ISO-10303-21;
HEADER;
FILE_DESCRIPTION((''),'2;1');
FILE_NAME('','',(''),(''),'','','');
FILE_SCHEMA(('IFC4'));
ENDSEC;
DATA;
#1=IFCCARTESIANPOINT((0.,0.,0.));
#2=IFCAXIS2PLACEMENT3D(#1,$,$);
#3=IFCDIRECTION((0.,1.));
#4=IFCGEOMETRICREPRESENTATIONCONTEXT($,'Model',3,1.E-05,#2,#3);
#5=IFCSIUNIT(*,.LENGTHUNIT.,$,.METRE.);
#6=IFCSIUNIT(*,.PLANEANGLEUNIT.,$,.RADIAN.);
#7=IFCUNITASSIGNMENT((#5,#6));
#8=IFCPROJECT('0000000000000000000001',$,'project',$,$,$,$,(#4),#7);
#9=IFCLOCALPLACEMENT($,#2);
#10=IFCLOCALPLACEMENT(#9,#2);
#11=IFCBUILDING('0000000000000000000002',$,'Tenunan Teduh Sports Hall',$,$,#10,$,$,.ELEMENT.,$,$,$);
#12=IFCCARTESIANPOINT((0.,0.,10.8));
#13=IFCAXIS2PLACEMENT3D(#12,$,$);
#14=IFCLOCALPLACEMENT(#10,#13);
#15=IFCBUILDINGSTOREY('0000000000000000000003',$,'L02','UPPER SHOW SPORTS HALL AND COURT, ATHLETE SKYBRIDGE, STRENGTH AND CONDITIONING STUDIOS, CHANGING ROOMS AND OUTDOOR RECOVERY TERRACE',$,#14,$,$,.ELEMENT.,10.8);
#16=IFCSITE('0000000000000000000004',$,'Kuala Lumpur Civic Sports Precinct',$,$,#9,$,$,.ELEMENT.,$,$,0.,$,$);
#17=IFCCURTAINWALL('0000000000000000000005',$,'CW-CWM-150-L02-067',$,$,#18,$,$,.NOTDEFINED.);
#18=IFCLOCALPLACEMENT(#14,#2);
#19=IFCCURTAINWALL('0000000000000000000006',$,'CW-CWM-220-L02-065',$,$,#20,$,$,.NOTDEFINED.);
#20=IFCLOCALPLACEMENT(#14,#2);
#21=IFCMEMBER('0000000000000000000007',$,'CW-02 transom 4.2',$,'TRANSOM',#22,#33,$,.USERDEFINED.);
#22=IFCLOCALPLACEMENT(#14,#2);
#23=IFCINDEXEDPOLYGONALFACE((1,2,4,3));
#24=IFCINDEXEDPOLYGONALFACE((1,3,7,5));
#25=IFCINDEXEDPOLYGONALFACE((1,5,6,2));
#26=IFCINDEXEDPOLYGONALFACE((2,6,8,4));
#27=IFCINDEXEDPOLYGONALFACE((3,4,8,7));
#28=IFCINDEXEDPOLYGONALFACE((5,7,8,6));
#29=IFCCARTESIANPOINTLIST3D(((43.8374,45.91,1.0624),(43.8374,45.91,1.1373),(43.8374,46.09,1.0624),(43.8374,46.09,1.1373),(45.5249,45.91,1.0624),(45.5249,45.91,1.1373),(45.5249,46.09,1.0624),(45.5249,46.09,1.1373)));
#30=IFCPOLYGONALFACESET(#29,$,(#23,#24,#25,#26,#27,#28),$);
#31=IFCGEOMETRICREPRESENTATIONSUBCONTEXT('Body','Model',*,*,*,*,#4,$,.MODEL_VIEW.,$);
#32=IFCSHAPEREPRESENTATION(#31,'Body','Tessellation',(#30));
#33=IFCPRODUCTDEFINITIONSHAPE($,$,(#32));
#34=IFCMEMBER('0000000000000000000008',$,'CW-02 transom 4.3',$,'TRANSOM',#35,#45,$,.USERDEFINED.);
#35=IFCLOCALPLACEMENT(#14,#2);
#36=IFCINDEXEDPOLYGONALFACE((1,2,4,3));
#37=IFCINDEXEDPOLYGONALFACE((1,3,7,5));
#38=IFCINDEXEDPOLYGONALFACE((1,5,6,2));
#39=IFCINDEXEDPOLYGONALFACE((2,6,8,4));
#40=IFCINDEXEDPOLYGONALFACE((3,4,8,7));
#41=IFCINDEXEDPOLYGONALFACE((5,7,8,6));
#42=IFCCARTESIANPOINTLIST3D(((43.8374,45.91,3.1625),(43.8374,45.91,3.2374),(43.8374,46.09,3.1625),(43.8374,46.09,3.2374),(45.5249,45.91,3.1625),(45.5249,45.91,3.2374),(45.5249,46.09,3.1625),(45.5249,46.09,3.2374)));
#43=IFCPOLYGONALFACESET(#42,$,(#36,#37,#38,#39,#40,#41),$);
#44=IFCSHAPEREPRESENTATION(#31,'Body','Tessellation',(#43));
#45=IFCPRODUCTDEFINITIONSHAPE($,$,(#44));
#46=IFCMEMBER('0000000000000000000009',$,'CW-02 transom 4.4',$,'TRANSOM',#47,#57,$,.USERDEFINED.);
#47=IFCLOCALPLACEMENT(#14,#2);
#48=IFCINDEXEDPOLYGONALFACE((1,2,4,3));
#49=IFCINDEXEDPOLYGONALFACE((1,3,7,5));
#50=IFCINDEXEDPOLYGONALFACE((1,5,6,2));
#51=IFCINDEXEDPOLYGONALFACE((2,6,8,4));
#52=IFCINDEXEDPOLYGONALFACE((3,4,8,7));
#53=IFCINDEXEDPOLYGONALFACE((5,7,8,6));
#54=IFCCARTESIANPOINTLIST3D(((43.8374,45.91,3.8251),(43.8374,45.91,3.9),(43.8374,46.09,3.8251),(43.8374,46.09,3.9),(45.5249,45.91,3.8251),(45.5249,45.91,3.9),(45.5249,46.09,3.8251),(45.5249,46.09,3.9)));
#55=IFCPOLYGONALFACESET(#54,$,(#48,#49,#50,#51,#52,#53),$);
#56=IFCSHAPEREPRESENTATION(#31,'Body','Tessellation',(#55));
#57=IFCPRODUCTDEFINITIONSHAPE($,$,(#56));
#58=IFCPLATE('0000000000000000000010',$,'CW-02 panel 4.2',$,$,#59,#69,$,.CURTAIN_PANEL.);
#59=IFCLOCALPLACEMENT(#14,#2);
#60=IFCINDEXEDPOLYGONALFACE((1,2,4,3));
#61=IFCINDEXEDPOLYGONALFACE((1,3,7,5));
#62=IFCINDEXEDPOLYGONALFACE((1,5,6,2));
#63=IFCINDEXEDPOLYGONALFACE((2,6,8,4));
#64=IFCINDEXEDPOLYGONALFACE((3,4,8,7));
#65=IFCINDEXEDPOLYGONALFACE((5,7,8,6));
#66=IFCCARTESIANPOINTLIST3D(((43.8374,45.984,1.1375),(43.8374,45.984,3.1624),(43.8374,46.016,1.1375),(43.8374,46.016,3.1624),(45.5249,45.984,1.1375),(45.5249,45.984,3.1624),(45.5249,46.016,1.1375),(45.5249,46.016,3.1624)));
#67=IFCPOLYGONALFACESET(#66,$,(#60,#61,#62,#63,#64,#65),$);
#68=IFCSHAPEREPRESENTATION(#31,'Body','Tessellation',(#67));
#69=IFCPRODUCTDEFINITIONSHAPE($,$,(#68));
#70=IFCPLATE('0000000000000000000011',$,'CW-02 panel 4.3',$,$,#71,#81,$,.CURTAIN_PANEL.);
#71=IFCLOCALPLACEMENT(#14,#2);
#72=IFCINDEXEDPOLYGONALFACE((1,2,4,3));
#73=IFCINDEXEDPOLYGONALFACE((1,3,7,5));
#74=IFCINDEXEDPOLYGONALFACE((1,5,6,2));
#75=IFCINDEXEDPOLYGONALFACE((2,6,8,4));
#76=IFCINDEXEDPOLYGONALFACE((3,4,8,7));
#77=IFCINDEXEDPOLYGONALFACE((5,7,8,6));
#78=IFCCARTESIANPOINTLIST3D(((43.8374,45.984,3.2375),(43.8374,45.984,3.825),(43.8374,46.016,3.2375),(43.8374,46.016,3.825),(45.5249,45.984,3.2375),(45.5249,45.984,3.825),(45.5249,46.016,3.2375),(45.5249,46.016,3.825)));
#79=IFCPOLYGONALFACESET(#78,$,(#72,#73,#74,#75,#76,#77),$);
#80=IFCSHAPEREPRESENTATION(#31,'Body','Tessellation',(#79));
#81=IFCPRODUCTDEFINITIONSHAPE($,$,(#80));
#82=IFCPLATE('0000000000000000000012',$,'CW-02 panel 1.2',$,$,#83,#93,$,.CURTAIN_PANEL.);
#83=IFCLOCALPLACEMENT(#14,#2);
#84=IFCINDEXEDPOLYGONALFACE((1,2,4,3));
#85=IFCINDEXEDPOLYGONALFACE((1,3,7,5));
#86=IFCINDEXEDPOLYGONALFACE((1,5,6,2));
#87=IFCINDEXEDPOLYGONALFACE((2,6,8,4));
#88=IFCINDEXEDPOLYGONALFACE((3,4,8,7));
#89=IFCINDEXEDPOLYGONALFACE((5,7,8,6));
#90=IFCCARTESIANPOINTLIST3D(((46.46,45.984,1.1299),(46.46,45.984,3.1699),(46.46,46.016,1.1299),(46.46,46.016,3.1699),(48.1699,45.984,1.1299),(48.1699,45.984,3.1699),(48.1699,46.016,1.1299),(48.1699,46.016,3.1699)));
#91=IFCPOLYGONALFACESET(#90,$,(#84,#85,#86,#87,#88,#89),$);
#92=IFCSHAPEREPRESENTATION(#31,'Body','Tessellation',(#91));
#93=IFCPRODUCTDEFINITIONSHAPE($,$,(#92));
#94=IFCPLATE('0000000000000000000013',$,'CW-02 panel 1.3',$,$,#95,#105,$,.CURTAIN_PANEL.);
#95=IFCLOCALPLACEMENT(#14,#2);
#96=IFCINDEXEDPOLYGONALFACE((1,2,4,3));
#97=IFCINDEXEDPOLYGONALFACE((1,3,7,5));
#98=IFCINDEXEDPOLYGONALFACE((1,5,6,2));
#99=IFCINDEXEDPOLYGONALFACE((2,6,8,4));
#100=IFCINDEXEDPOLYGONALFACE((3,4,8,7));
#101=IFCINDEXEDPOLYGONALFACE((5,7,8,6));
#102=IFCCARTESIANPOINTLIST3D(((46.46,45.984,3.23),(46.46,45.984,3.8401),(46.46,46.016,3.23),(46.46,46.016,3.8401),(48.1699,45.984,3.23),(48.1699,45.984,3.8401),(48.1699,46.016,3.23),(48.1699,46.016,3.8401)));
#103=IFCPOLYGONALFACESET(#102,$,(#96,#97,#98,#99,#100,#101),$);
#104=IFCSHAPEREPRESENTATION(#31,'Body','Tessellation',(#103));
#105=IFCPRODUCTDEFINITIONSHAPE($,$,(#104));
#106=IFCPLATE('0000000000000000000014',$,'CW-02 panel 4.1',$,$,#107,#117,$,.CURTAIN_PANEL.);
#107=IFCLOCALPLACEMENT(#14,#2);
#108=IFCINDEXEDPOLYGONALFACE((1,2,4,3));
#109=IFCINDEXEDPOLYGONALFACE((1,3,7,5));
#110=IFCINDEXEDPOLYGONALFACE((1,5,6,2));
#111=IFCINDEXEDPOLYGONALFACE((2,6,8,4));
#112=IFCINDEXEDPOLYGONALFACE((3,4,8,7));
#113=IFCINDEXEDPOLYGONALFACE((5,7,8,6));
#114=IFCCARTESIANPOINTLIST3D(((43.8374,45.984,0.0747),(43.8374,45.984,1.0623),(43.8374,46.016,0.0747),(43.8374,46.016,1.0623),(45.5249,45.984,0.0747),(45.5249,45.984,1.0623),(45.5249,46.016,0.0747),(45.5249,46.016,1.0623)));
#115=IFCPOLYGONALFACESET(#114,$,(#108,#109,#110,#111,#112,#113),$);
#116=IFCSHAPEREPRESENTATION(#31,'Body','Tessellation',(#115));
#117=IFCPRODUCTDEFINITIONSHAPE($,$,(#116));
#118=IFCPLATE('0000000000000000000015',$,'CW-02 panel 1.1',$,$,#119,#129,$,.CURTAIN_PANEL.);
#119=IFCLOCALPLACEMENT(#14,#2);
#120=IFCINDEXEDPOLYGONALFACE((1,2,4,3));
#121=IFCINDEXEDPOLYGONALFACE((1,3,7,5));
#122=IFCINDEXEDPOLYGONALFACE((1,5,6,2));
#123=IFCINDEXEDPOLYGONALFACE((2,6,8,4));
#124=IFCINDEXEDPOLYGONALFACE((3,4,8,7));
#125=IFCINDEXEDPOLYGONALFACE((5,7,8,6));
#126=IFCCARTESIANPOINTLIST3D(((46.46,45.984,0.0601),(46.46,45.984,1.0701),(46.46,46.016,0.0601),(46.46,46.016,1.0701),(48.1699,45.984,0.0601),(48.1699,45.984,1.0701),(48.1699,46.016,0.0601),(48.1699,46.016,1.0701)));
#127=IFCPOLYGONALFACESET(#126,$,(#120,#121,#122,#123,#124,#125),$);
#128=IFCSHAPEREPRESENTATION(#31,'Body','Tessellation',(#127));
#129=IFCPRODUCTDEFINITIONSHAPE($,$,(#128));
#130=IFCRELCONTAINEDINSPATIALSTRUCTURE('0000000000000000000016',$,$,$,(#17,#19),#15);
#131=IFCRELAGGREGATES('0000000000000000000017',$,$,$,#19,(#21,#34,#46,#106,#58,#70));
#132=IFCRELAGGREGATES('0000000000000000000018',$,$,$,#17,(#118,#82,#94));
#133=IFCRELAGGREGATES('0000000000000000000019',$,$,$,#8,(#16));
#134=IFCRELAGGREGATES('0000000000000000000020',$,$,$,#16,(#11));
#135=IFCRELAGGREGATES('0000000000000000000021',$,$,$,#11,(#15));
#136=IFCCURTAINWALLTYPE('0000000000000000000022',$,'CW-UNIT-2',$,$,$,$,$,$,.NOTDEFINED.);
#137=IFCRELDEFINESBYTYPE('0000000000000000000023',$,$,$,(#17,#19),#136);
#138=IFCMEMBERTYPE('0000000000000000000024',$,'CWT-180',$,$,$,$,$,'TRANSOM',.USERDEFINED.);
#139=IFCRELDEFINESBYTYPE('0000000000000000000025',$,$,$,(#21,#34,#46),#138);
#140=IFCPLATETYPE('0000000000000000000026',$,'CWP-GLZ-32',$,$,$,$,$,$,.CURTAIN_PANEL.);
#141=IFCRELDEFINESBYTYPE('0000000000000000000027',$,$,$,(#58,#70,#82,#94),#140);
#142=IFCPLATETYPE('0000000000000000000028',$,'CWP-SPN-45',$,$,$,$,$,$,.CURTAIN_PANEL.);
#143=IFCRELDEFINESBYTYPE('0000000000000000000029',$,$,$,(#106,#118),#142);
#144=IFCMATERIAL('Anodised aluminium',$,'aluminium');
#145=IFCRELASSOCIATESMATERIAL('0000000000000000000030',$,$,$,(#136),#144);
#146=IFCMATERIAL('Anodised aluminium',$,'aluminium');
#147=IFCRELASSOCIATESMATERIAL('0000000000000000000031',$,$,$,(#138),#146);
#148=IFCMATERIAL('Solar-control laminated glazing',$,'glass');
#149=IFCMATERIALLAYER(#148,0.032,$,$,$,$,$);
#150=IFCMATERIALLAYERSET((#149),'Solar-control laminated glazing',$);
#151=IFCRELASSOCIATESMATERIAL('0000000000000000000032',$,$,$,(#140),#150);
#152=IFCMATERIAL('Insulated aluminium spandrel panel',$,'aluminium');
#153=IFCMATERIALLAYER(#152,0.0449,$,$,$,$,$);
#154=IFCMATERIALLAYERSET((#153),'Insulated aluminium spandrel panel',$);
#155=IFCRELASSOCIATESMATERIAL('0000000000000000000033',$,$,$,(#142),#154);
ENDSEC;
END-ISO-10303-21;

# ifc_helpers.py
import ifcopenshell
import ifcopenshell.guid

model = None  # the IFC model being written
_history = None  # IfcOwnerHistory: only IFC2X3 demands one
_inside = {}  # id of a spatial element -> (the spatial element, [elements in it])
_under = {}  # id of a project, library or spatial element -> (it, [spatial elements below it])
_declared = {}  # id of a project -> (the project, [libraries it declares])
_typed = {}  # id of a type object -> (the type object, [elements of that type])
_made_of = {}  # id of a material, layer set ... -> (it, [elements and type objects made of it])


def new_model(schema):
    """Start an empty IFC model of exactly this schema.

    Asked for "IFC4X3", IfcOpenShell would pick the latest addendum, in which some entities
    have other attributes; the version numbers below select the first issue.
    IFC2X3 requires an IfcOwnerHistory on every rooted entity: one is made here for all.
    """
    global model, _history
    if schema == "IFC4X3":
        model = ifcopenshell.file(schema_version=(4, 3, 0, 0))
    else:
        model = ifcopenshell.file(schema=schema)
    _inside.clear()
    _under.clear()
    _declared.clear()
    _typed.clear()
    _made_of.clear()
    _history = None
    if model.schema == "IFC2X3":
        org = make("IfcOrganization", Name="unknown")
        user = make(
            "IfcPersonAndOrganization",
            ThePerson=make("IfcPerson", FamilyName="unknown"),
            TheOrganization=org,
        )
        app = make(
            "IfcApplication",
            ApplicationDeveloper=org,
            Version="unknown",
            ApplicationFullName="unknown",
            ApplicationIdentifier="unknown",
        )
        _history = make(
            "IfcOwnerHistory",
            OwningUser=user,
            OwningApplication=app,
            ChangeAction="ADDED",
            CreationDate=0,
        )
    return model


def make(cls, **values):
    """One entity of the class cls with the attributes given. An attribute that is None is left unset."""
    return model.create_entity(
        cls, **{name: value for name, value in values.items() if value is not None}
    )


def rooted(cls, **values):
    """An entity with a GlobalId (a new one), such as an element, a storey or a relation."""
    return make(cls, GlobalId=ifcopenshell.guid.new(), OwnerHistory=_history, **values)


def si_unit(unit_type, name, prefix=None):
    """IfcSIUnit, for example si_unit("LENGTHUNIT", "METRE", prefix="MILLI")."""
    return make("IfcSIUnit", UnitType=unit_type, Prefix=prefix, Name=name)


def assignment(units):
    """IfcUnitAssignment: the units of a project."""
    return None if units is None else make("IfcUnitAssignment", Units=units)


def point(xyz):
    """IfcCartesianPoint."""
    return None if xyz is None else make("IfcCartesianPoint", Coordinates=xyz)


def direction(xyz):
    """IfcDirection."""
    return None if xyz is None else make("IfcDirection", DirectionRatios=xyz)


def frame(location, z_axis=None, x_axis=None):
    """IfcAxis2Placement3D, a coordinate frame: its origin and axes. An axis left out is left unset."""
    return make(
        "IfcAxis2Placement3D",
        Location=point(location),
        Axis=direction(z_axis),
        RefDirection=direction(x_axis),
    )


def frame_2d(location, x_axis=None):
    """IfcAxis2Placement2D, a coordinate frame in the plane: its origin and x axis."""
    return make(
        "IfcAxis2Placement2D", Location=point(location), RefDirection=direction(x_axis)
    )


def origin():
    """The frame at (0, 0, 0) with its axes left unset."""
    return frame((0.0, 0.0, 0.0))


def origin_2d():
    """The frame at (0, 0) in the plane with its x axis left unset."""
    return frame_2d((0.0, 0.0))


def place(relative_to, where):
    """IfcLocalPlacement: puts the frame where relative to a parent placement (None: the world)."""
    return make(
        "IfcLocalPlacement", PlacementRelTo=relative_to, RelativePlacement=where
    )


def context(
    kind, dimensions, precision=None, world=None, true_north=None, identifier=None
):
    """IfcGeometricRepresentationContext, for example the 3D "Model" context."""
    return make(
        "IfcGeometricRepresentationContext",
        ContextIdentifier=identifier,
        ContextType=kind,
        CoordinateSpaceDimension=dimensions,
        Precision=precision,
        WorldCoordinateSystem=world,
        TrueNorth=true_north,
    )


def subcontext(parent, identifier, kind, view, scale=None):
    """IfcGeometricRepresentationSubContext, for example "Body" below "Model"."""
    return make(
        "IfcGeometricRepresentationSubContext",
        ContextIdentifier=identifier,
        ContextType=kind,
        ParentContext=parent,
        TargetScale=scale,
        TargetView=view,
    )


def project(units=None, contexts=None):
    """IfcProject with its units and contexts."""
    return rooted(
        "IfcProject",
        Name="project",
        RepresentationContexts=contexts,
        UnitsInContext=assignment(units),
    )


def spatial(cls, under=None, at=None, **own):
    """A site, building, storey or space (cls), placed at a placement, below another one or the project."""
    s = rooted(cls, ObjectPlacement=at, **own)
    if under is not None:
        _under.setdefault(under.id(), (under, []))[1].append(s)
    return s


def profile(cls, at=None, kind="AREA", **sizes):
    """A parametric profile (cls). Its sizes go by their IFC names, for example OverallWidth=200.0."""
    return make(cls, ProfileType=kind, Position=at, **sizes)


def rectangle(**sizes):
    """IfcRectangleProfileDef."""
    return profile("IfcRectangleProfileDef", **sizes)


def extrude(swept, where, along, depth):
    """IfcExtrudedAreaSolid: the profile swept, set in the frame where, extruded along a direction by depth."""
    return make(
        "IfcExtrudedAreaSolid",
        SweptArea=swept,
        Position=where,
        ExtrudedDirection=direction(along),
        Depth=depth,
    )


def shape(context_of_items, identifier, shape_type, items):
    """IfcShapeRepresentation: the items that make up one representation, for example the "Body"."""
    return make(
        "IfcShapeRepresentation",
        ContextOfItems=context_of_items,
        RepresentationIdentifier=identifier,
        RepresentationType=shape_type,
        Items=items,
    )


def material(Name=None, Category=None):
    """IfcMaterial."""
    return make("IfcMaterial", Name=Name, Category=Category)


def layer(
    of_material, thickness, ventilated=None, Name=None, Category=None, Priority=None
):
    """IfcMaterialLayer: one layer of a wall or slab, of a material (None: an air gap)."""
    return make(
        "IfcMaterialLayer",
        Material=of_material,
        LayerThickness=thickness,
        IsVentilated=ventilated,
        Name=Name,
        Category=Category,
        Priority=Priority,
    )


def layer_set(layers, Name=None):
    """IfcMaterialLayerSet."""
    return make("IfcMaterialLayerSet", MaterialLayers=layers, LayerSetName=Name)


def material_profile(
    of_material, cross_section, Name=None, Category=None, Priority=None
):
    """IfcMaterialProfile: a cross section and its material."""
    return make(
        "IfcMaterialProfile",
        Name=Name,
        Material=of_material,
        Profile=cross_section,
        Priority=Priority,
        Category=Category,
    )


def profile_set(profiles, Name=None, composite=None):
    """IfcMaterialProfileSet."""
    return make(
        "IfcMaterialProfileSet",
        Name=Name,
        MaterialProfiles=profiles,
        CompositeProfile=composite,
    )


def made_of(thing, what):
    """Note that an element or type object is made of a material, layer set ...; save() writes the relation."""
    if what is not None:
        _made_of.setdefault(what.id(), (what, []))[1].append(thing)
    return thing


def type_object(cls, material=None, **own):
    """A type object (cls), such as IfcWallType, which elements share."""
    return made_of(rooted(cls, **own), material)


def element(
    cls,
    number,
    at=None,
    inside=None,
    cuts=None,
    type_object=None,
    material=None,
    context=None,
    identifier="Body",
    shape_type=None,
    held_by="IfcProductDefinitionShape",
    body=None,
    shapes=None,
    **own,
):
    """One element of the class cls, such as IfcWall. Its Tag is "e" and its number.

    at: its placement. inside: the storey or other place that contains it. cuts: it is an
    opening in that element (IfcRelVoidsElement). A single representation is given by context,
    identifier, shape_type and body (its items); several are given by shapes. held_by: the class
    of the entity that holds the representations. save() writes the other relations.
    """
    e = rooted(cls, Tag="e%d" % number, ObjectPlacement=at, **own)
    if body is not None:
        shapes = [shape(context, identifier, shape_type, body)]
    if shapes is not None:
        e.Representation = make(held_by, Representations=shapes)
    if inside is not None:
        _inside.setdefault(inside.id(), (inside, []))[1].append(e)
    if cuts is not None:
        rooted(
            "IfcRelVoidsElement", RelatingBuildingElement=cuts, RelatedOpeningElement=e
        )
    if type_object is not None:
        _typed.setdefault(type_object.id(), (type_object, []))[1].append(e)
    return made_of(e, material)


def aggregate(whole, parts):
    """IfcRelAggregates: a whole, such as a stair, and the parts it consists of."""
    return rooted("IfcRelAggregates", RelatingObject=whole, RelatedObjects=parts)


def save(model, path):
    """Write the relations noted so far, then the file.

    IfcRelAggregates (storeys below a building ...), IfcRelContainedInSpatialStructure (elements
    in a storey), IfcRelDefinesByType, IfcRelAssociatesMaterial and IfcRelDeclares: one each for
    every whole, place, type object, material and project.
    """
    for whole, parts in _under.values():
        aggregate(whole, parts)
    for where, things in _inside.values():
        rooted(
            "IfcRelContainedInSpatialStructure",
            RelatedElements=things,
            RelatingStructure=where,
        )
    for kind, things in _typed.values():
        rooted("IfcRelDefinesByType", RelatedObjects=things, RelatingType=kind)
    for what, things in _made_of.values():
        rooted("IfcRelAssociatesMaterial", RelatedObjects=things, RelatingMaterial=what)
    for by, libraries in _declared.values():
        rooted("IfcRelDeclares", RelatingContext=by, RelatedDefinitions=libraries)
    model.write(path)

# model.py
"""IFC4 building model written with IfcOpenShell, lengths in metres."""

from ifc_helpers import new_model, si_unit, direction, frame, origin, origin_2d, place, context, subcontext, project, spatial, rectangle, extrude, material, layer, layer_set, material_profile, profile_set, type_object, element, aggregate, save


model = new_model("IFC4")

# Units and contexts
model_context = context("Model", 3, precision=1e-05, world=origin(), true_north=direction((0.0, 1.0)))
body_context = subcontext(model_context, "Body", "Model", "MODEL_VIEW")
ifc_project = project(units=[si_unit("LENGTHUNIT", "METRE"), si_unit("PLANEANGLEUNIT", "RADIAN")], contexts=[model_context])

# Site, building, storey
site_placement = place(None, origin())
site = spatial("IfcSite", under=ifc_project, at=site_placement, Name="Kuala Lumpur Civic Sports Precinct", CompositionType="ELEMENT", RefElevation=0.0)
building_placement = place(site_placement, origin())
building = spatial("IfcBuilding", under=site, at=building_placement, Name="Tenunan Teduh Sports Hall", CompositionType="ELEMENT")
storey_placement = place(building_placement, frame((0.0, 0.0, 10.8)))
storey = spatial("IfcBuildingStorey", under=building, at=storey_placement, Name="L02", Description="UPPER SHOW SPORTS HALL AND COURT, ATHLETE SKYBRIDGE, STRENGTH AND CONDITIONING STUDIOS, CHANGING ROOMS AND OUTDOOR RECOVERY TERRACE", CompositionType="ELEMENT", Elevation=10.8)

# Curtain walls
ifc_material_1 = material(Name="Anodised aluminium", Category="aluminium")
curtain_wall_type = type_object("IfcCurtainWallType", Name="CW-UNIT-2", PredefinedType="NOTDEFINED", material=ifc_material_1)
curtain_wall_1_placement = place(storey_placement, origin())
curtain_wall_1 = element("IfcCurtainWall", 1, at=curtain_wall_1_placement, inside=storey, type_object=curtain_wall_type, Name="CW-CWM-150-L02-067", PredefinedType="NOTDEFINED")
curtain_wall_2_placement = place(storey_placement, origin())
curtain_wall_2 = element("IfcCurtainWall", 2, at=curtain_wall_2_placement, inside=storey, type_object=curtain_wall_type, Name="CW-CWM-220-L02-065", PredefinedType="NOTDEFINED")

# Members
ifc_material_2 = material(Name="Anodised aluminium", Category="aluminium")
ifc_material_profile_1 = material_profile(ifc_material_2, rectangle(XDim=0.075, YDim=0.1799, at=origin_2d()), Name="CWT 75x180")
ifc_profile_set_1 = profile_set([ifc_material_profile_1], Name="Anodised aluminium")
member_type_1 = type_object("IfcMemberType", Name="CWT-180", ElementType="TRANSOM", PredefinedType="USERDEFINED", material=ifc_profile_set_1)
member_1_placement = place(storey_placement, frame((43.8374, 46.0, 1.0999), z_axis=(1.0, 0.0, 0.0), x_axis=(0.0, 0.0, 1.0)))
member_1 = element("IfcMember", 3, at=member_1_placement, type_object=member_type_1, Name="CW-02 transom 4.2", ObjectType="TRANSOM", PredefinedType="USERDEFINED", context=body_context, shape_type="SweptSolid", body=[
    extrude(rectangle(XDim=0.075, YDim=0.1799, at=origin_2d()), origin(), (0.0, 0.0, 1.0), 1.6875),
])
member_2_placement = place(storey_placement, frame((43.8374, 46.0, 3.2), z_axis=(1.0, 0.0, 0.0), x_axis=(0.0, 0.0, 1.0)))
member_2 = element("IfcMember", 4, at=member_2_placement, type_object=member_type_1, Name="CW-02 transom 4.3", ObjectType="TRANSOM", PredefinedType="USERDEFINED", context=body_context, shape_type="SweptSolid", body=[
    extrude(rectangle(XDim=0.075, YDim=0.1799, at=origin_2d()), origin(), (0.0, 0.0, 1.0), 1.6875),
])
member_3_placement = place(storey_placement, frame((43.8374, 46.0, 3.8625), z_axis=(1.0, 0.0, 0.0), x_axis=(0.0, 0.0, 1.0)))
member_3 = element("IfcMember", 5, at=member_3_placement, type_object=member_type_1, Name="CW-02 transom 4.4", ObjectType="TRANSOM", PredefinedType="USERDEFINED", context=body_context, shape_type="SweptSolid", body=[
    extrude(rectangle(XDim=0.075, YDim=0.1799, at=origin_2d()), origin(), (0.0, 0.0, 1.0), 1.6875),
])

# Plates
ifc_material_3 = material(Name="Solar-control laminated glazing", Category="glass")
ifc_layer_1 = layer(ifc_material_3, 0.032)
ifc_layer_set_1 = layer_set([ifc_layer_1], Name="Solar-control laminated glazing")
plate_type_1 = type_object("IfcPlateType", Name="CWP-GLZ-32", PredefinedType="CURTAIN_PANEL", material=ifc_layer_set_1)
plate_1_placement = place(storey_placement, frame((44.6812, 46.0, 1.1375), z_axis=(0.0, 0.0, 1.0), x_axis=(1.0, 0.0, 0.0)))
plate_1 = element("IfcPlate", 6, at=plate_1_placement, type_object=plate_type_1, Name="CW-02 panel 4.2", PredefinedType="CURTAIN_PANEL", context=body_context, shape_type="SweptSolid", body=[
    extrude(rectangle(XDim=1.6875, YDim=0.032, at=origin_2d()), origin(), (0.0, 0.0, 1.0), 2.0249),
])
plate_2_placement = place(storey_placement, frame((44.6812, 46.0, 3.2375), z_axis=(0.0, 0.0, 1.0), x_axis=(1.0, 0.0, 0.0)))
plate_2 = element("IfcPlate", 7, at=plate_2_placement, type_object=plate_type_1, Name="CW-02 panel 4.3", PredefinedType="CURTAIN_PANEL", context=body_context, shape_type="SweptSolid", body=[
    extrude(rectangle(XDim=1.6875, YDim=0.032, at=origin_2d()), origin(), (0.0, 0.0, 1.0), 0.5874),
])
plate_3_placement = place(storey_placement, frame((47.3149, 46.0, 1.1299), z_axis=(0.0, 0.0, 1.0), x_axis=(1.0, 0.0, 0.0)))
plate_3 = element("IfcPlate", 8, at=plate_3_placement, type_object=plate_type_1, Name="CW-02 panel 1.2", PredefinedType="CURTAIN_PANEL", context=body_context, shape_type="SweptSolid", body=[
    extrude(rectangle(XDim=1.71, YDim=0.032, at=origin_2d()), origin(), (0.0, 0.0, 1.0), 2.04),
])
plate_4_placement = place(storey_placement, frame((47.3149, 46.0, 3.23), z_axis=(0.0, 0.0, 1.0), x_axis=(1.0, 0.0, 0.0)))
plate_4 = element("IfcPlate", 9, at=plate_4_placement, type_object=plate_type_1, Name="CW-02 panel 1.3", PredefinedType="CURTAIN_PANEL", context=body_context, shape_type="SweptSolid", body=[
    extrude(rectangle(XDim=1.71, YDim=0.032, at=origin_2d()), origin(), (0.0, 0.0, 1.0), 0.6101),
])
ifc_material_4 = material(Name="Insulated aluminium spandrel panel", Category="aluminium")
ifc_layer_2 = layer(ifc_material_4, 0.0449)
ifc_layer_set_2 = layer_set([ifc_layer_2], Name="Insulated aluminium spandrel panel")
plate_type_2 = type_object("IfcPlateType", Name="CWP-SPN-45", PredefinedType="CURTAIN_PANEL", material=ifc_layer_set_2)
plate_5_placement = place(storey_placement, frame((44.6812, 46.0, 0.0747), z_axis=(0.0, 0.0, 1.0), x_axis=(1.0, 0.0, 0.0)))
plate_5 = element("IfcPlate", 10, at=plate_5_placement, type_object=plate_type_2, Name="CW-02 panel 4.1", PredefinedType="CURTAIN_PANEL", context=body_context, shape_type="SweptSolid", body=[
    extrude(rectangle(XDim=1.6875, YDim=0.032, at=origin_2d()), origin(), (0.0, 0.0, 1.0), 0.9875),
])
aggregate(curtain_wall_2, [member_1, member_2, member_3, plate_5, plate_1, plate_2])
plate_6_placement = place(storey_placement, frame((47.3149, 46.0, 0.0601), z_axis=(0.0, 0.0, 1.0), x_axis=(1.0, 0.0, 0.0)))
plate_6 = element("IfcPlate", 11, at=plate_6_placement, type_object=plate_type_2, Name="CW-02 panel 1.1", PredefinedType="CURTAIN_PANEL", context=body_context, shape_type="SweptSolid", body=[
    extrude(rectangle(XDim=1.71, YDim=0.032, at=origin_2d()), origin(), (0.0, 0.0, 1.0), 1.01),
])
aggregate(curtain_wall_1, [plate_6, plate_3, plate_4])

save(model, "model.ifc")
